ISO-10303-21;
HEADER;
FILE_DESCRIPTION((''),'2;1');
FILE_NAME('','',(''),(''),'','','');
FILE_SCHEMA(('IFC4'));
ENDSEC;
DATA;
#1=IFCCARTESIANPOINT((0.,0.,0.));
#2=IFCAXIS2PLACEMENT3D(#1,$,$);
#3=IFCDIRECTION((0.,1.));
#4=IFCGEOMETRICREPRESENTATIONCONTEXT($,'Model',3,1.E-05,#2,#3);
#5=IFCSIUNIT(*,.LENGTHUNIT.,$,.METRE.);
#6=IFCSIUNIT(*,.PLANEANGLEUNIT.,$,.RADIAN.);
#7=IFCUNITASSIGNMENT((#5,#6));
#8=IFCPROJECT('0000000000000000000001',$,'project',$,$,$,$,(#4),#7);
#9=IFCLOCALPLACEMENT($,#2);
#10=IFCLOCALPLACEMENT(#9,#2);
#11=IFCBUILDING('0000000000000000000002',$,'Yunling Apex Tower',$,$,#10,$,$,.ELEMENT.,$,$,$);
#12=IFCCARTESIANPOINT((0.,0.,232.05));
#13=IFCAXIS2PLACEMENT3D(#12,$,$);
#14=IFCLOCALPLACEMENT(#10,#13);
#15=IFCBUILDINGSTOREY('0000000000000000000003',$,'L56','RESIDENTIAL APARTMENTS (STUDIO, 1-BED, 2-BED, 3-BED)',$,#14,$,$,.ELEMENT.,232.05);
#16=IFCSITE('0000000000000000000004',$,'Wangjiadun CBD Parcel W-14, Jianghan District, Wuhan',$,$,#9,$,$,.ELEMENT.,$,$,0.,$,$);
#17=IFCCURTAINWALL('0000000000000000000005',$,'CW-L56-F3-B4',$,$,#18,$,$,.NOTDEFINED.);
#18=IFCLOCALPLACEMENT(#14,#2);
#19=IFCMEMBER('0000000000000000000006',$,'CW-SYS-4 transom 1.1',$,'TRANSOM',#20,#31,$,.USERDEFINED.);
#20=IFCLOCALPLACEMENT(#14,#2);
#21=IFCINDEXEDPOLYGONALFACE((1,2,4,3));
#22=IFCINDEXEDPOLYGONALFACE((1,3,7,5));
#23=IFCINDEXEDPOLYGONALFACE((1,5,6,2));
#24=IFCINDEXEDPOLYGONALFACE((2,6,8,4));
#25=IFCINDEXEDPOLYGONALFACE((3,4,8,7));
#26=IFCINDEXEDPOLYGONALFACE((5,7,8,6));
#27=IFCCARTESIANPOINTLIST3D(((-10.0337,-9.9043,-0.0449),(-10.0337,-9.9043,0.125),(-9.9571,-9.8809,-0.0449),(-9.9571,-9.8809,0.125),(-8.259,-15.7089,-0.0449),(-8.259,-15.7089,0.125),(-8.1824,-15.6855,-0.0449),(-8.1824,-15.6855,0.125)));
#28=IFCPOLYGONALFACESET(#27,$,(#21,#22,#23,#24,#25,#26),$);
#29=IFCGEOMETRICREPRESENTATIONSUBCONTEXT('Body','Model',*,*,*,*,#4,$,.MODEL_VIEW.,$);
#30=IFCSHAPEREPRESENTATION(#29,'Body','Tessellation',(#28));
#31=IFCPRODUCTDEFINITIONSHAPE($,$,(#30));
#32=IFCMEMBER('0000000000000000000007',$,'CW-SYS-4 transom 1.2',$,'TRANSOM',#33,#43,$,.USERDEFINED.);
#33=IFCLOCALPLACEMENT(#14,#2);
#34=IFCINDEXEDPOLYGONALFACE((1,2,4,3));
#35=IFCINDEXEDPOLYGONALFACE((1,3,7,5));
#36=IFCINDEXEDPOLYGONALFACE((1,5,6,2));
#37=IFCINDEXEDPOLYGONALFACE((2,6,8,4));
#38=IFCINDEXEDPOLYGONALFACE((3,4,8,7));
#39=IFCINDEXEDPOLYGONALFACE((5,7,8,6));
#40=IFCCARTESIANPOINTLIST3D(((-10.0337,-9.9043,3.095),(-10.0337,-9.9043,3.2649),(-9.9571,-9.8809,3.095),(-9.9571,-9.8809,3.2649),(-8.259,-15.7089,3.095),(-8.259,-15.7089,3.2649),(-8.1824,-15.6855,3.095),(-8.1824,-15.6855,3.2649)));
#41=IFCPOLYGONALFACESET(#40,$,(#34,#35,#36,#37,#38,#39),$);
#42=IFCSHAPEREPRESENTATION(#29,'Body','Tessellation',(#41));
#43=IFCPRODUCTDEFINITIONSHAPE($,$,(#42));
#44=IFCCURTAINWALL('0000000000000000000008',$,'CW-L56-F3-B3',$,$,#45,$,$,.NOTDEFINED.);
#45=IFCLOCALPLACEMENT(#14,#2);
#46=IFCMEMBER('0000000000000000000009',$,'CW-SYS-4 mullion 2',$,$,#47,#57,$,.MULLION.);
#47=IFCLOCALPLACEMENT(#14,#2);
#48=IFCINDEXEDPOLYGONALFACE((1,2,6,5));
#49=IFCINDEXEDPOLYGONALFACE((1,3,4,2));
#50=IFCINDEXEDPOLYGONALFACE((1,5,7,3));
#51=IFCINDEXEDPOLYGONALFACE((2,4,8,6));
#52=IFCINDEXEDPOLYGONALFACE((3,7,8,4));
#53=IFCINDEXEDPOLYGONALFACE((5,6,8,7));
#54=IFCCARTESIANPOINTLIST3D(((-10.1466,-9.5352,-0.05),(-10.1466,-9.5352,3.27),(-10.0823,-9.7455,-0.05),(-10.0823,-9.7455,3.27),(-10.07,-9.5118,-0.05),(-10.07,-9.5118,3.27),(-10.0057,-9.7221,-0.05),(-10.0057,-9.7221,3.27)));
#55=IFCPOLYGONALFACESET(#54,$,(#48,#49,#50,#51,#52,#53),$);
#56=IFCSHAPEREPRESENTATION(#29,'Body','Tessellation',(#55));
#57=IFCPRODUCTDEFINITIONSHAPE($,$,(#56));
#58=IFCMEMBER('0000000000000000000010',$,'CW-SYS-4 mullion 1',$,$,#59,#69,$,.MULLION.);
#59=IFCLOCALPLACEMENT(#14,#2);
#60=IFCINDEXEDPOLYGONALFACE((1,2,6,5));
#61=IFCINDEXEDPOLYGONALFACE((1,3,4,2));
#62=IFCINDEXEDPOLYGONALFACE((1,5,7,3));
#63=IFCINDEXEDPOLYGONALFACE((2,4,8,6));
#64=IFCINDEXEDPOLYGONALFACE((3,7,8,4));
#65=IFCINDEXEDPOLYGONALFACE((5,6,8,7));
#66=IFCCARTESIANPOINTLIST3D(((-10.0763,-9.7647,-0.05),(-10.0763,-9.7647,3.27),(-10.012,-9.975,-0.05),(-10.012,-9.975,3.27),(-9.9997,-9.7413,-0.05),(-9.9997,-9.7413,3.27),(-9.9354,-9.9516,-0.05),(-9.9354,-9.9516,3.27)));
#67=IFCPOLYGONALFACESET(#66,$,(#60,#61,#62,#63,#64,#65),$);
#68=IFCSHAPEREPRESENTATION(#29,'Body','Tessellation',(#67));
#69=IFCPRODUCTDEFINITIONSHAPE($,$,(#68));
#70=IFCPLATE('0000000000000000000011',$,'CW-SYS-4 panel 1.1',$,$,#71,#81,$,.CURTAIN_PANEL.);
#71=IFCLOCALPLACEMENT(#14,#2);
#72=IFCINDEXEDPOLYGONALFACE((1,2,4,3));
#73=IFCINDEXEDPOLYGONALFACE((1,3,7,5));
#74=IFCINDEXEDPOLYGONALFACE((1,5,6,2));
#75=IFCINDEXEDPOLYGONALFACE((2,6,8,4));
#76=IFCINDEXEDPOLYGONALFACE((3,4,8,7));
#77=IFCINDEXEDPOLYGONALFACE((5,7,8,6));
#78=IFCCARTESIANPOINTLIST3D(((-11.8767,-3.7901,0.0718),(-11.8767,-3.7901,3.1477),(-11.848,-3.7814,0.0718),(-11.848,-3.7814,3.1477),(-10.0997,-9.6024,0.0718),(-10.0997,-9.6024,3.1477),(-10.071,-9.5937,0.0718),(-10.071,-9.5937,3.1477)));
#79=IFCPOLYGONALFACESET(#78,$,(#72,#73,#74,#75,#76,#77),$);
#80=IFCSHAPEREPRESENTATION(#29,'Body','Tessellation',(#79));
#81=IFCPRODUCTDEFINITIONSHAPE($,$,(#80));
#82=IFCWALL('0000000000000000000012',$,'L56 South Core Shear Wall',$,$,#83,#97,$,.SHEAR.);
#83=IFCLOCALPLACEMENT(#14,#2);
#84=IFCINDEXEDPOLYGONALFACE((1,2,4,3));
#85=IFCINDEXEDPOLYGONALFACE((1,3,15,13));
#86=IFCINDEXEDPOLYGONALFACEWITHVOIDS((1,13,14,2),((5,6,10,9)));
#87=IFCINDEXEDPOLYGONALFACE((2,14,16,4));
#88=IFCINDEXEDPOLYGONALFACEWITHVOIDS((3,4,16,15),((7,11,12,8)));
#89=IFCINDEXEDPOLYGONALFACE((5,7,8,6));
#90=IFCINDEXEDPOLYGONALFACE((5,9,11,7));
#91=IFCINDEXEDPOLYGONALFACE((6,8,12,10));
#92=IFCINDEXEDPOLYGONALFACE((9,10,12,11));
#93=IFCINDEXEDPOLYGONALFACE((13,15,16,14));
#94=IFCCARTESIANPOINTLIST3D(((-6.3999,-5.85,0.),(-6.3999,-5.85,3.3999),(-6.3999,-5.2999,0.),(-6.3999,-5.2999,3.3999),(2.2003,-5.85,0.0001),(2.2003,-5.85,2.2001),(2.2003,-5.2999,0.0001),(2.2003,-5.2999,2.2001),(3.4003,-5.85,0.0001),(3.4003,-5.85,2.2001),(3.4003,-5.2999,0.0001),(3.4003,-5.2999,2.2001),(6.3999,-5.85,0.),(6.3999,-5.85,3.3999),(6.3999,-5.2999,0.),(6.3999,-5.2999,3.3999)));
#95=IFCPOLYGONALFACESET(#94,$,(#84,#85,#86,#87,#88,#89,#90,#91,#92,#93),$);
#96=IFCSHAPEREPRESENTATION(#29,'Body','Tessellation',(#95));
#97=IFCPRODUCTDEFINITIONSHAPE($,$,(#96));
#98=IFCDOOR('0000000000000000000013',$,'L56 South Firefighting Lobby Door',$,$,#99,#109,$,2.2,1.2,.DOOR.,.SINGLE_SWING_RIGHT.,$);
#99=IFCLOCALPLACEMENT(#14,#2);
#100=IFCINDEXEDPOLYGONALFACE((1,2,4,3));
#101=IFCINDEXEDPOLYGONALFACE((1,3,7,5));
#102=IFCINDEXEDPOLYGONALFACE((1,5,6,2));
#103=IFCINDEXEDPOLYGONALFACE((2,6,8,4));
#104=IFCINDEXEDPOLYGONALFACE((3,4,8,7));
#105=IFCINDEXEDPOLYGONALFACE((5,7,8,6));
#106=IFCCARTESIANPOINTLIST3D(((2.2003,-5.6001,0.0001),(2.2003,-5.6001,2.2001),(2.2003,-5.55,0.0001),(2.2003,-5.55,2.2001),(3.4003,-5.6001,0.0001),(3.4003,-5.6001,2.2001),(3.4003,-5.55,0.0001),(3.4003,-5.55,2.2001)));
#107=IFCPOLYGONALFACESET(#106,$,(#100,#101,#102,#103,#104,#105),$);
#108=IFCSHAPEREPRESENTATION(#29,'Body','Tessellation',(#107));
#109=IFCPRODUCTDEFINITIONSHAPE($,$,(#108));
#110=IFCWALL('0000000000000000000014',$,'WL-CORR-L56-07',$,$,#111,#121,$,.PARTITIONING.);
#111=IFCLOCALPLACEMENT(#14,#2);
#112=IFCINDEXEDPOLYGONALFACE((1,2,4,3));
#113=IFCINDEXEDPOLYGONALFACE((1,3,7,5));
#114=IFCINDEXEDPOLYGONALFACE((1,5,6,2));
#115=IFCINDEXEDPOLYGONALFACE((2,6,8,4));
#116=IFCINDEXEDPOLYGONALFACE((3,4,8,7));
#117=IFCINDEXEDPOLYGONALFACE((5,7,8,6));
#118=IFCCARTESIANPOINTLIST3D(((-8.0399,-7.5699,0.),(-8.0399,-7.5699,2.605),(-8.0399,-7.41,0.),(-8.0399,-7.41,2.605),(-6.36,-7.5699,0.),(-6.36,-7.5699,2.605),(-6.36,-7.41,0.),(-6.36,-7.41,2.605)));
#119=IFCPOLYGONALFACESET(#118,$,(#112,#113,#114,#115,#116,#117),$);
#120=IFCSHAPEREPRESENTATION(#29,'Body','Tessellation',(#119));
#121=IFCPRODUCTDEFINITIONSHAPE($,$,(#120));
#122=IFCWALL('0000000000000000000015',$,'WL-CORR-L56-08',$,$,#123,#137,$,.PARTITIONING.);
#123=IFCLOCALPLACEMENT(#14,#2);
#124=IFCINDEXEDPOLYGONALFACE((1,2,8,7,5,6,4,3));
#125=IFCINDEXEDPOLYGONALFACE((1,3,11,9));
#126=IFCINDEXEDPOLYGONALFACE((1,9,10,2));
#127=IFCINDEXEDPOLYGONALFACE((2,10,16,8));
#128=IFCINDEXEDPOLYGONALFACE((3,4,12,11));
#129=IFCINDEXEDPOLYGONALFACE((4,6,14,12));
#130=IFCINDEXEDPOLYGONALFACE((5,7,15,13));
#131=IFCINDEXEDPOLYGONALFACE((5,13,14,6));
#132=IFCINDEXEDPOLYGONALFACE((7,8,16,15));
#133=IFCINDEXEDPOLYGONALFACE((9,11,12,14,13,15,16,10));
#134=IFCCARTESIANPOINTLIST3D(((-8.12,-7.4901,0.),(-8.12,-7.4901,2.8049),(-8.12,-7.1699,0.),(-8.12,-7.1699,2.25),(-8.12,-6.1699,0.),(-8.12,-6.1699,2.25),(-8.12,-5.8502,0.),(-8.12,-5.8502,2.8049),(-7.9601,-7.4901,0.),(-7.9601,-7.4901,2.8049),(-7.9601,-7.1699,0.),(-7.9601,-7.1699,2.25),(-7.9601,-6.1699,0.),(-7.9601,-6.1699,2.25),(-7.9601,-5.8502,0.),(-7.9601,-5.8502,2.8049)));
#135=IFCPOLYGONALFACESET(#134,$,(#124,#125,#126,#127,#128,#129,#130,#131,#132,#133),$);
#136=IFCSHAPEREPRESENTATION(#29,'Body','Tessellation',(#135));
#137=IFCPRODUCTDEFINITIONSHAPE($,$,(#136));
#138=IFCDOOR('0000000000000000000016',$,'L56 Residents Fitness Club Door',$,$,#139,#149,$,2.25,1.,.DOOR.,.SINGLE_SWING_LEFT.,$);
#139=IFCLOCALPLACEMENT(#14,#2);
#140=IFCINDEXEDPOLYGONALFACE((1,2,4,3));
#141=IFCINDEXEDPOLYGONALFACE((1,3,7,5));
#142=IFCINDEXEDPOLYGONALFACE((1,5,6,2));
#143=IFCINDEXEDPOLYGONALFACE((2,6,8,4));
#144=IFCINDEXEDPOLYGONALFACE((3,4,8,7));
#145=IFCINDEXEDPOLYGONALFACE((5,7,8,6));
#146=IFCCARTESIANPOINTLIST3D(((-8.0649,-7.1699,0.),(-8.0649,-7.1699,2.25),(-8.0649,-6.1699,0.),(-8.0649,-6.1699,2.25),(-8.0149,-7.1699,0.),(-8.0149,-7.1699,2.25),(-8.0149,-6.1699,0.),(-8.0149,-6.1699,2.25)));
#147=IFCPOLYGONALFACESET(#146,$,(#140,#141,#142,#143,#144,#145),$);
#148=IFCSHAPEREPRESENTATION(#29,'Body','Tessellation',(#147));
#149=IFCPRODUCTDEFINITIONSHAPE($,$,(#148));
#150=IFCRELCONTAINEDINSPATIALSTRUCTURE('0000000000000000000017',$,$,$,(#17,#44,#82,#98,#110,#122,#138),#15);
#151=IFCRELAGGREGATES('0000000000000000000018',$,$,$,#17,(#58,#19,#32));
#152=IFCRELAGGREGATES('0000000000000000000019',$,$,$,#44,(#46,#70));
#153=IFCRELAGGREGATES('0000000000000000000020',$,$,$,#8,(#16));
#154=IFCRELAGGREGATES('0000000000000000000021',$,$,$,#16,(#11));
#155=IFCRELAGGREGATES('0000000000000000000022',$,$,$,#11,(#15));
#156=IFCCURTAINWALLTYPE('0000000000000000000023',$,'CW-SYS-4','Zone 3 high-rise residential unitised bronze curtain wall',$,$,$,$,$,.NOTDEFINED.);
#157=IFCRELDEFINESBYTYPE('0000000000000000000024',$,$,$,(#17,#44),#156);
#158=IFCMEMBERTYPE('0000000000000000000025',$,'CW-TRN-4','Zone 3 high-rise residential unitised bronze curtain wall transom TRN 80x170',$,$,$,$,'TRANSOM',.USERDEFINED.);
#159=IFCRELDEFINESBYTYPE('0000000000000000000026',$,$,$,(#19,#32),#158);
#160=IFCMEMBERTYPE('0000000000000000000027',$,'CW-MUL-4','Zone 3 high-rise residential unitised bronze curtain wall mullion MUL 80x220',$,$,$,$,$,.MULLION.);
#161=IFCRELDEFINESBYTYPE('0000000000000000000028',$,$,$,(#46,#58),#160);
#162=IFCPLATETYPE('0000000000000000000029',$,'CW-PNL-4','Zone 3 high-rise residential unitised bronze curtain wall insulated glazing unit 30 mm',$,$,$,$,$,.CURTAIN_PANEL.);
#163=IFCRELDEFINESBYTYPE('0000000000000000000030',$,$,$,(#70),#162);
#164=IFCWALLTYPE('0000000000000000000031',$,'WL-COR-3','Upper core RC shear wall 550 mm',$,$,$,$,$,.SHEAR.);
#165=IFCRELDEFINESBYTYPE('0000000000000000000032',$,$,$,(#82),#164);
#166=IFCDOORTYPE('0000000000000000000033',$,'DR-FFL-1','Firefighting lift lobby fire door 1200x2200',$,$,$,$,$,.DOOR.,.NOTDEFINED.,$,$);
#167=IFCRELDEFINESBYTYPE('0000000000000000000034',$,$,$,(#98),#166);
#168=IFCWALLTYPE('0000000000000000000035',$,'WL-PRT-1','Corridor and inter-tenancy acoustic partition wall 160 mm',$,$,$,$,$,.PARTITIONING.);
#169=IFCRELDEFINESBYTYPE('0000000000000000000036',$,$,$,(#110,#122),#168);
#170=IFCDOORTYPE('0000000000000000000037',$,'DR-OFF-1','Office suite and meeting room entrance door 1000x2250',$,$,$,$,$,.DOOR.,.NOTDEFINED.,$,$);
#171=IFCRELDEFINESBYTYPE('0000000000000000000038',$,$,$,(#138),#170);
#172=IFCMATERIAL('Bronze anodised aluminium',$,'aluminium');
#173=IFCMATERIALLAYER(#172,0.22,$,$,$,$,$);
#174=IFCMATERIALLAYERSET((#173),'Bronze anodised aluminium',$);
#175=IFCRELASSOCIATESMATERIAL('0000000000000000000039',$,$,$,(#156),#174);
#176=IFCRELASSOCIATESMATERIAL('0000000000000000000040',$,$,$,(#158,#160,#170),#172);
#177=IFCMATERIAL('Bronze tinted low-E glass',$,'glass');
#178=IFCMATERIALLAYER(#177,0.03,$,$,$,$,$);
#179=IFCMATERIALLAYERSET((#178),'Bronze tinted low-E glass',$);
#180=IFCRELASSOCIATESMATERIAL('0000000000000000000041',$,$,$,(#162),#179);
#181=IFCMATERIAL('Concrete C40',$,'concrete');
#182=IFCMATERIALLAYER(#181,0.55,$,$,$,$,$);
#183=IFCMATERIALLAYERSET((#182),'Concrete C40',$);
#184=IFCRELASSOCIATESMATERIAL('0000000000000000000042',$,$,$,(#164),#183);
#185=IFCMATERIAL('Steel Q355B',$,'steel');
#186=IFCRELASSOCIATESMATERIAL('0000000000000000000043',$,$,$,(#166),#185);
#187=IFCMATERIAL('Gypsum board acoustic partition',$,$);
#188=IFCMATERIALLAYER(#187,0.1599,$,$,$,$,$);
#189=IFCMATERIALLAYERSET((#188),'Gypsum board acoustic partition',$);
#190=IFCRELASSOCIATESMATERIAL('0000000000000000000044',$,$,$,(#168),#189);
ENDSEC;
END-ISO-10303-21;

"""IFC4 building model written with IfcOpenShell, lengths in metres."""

from ifc_helpers import new_model, si_unit, direction, frame, frame_2d, origin, origin_2d, place, context, subcontext, project, spatial, rectangle, extrude, source, transform, mapped, material, layer, layer_set, material_profile, profile_set, type_object, element, fill, aggregate, save


model = new_model("IFC4")

# Units and contexts
model_context = context("Model", 3, precision=1e-05, world=origin(), true_north=direction((0.0, 1.0)))
body_context = subcontext(model_context, "Body", "Model", "MODEL_VIEW")
ifc_project = project(units=[si_unit("LENGTHUNIT", "METRE"), si_unit("PLANEANGLEUNIT", "RADIAN")], contexts=[model_context])

# Site, building, storey
site_placement = place(None, origin())
site = spatial("IfcSite", under=ifc_project, at=site_placement, Name="Wangjiadun CBD Parcel W-14, Jianghan District, Wuhan", CompositionType="ELEMENT", RefElevation=0.0)
building_placement = place(site_placement, origin())
building = spatial("IfcBuilding", under=site, at=building_placement, Name="Yunling Apex Tower", CompositionType="ELEMENT")
storey_placement = place(building_placement, frame((0.0, 0.0, 232.05)))
storey = spatial("IfcBuildingStorey", under=building, at=storey_placement, Name="L56", Description="RESIDENTIAL APARTMENTS (STUDIO, 1-BED, 2-BED, 3-BED)", CompositionType="ELEMENT", Elevation=232.05)

# Shared definitions
ifc_material_1 = material(Name="Steel Q355B", Category="steel")

# Curtain wall, members
ifc_material_2 = material(Name="Bronze anodised aluminium", Category="aluminium")
ifc_layer_1 = layer(ifc_material_2, 0.22)
ifc_layer_set_1 = layer_set([ifc_layer_1], Name="Bronze anodised aluminium")
curtain_wall_type = type_object("IfcCurtainWallType", Name="CW-SYS-4", Description="Zone 3 high-rise residential unitised bronze curtain wall", PredefinedType="NOTDEFINED", material=ifc_layer_set_1)
curtain_wall_1_placement = place(storey_placement, origin())
curtain_wall_1 = element("IfcCurtainWall", 1, at=curtain_wall_1_placement, inside=storey, type_object=curtain_wall_type, Name="CW-L56-F3-B4", PredefinedType="NOTDEFINED")
ifc_material_profile_1 = material_profile(ifc_material_2, rectangle(XDim=0.0801, YDim=0.1699, at=origin_2d()))
ifc_profile_set_1 = profile_set([ifc_material_profile_1], Name="Bronze anodised aluminium")
member_type_1 = type_object("IfcMemberType", Name="CW-TRN-4", Description="Zone 3 high-rise residential unitised bronze curtain wall transom TRN 80x170", ElementType="TRANSOM", PredefinedType="USERDEFINED", material=ifc_profile_set_1)
shared_shape_1 = source(origin(), body_context, "Body", "SweptSolid", [
    extrude(rectangle(XDim=0.0801, YDim=0.1699, at=origin_2d()), origin(), (0.0, 0.0, 1.0), 6.0698),
])
member_1_placement = place(storey_placement, frame((-9.9954, -9.8926, 0.04), z_axis=(0.29237, -0.956305, 0.0), x_axis=(0.956305, 0.29237, 0.0)))
member_1 = element("IfcMember", 2, at=member_1_placement, type_object=member_type_1, Name="CW-SYS-4 transom 1.1", ObjectType="TRANSOM", PredefinedType="USERDEFINED", context=body_context, shape_type="MappedRepresentation", body=[
    mapped(shared_shape_1, transform((0.0, 0.0, 0.0), scale=1.0)),
])
member_2_placement = place(storey_placement, frame((-9.9954, -9.8926, 3.1799), z_axis=(0.29237, -0.956305, 0.0), x_axis=(0.956305, 0.29237, 0.0)))
member_2 = element("IfcMember", 3, at=member_2_placement, type_object=member_type_1, Name="CW-SYS-4 transom 1.2", ObjectType="TRANSOM", PredefinedType="USERDEFINED", context=body_context, shape_type="MappedRepresentation", body=[
    mapped(shared_shape_1, transform((0.0, 0.0, 0.0), scale=1.0)),
])

# Curtain wall, member
curtain_wall_2_placement = place(storey_placement, origin())
curtain_wall_2 = element("IfcCurtainWall", 4, at=curtain_wall_2_placement, inside=storey, type_object=curtain_wall_type, Name="CW-L56-F3-B3", PredefinedType="NOTDEFINED")
ifc_material_profile_2 = material_profile(ifc_material_2, rectangle(XDim=0.0801, YDim=0.22, at=origin_2d()))
ifc_profile_set_2 = profile_set([ifc_material_profile_2], Name="Bronze anodised aluminium")
member_type_2 = type_object("IfcMemberType", Name="CW-MUL-4", Description="Zone 3 high-rise residential unitised bronze curtain wall mullion MUL 80x220", PredefinedType="MULLION", material=ifc_profile_set_2)
shared_shape_2 = source(origin(), body_context, "Body", "SweptSolid", [
    extrude(rectangle(XDim=0.0801, YDim=0.22, at=origin_2d()), origin(), (0.0, 0.0, 1.0), 3.3201),
])
member_3_placement = place(storey_placement, frame((-10.0762, -9.6287, -0.05), z_axis=(0.0, 0.0, 1.0), x_axis=(0.956305, 0.292372, 0.0)))
member_3 = element("IfcMember", 5, at=member_3_placement, type_object=member_type_2, Name="CW-SYS-4 mullion 2", PredefinedType="MULLION", context=body_context, shape_type="MappedRepresentation", body=[
    mapped(shared_shape_2, transform((0.0, 0.0, 0.0), scale=1.0)),
])

# Member
member_4_placement = place(storey_placement, frame((-10.0059, -9.8582, -0.05), z_axis=(0.0, 0.0, 1.0), x_axis=(0.956305, 0.292372, 0.0)))
member_4 = element("IfcMember", 6, at=member_4_placement, type_object=member_type_2, Name="CW-SYS-4 mullion 1", PredefinedType="MULLION", context=body_context, shape_type="MappedRepresentation", body=[
    mapped(shared_shape_2, transform((0.0, 0.0, 0.0), scale=1.0)),
])
aggregate(curtain_wall_1, [member_4, member_1, member_2])

# Plate
ifc_material_3 = material(Name="Bronze tinted low-E glass", Category="glass")
ifc_layer_2 = layer(ifc_material_3, 0.03)
ifc_layer_set_2 = layer_set([ifc_layer_2], Name="Bronze tinted low-E glass")
plate_type = type_object("IfcPlateType", Name="CW-PNL-4", Description="Zone 3 high-rise residential unitised bronze curtain wall insulated glazing unit 30 mm", PredefinedType="CURTAIN_PANEL", material=ifc_layer_set_2)
shared_shape_3 = source(origin(), body_context, "Body", "SweptSolid", [
    extrude(rectangle(XDim=6.0779, YDim=0.03, at=origin_2d()), origin(), (0.0, 0.0, 1.0), 3.0759),
])
plate_placement = place(storey_placement, frame((-10.9739, -6.6919, 0.0718), z_axis=(0.0, 0.0, 1.0), x_axis=(0.292372, -0.956305, 0.0)))
plate = element("IfcPlate", 7, at=plate_placement, type_object=plate_type, Name="CW-SYS-4 panel 1.1", PredefinedType="CURTAIN_PANEL", context=body_context, shape_type="MappedRepresentation", body=[
    mapped(shared_shape_3, transform((0.0, 0.0, 0.0), scale=1.0)),
])
aggregate(curtain_wall_2, [member_3, plate])

# Wall, opening, door
ifc_material_4 = material(Name="Concrete C40", Category="concrete")
ifc_layer_3 = layer(ifc_material_4, 0.55)
ifc_layer_set_3 = layer_set([ifc_layer_3], Name="Concrete C40")
wall_type_1 = type_object("IfcWallType", Name="WL-COR-3", Description="Upper core RC shear wall 550 mm", PredefinedType="SHEAR", material=ifc_layer_set_3)
wall_1_placement = place(storey_placement, frame((-6.3999, -5.575, 0.0), z_axis=(0.0, 0.0, 1.0), x_axis=(1.0, 0.0, 0.0)))
wall_1 = element("IfcWall", 8, at=wall_1_placement, inside=storey, type_object=wall_type_1, Name="L56 South Core Shear Wall", PredefinedType="SHEAR", context=body_context, shape_type="SweptSolid", body=[
    extrude(rectangle(XDim=12.7998, YDim=0.55, at=frame_2d((6.3999, 0.0))), origin(), (0.0, 0.0, 1.0), 3.3999),
])
opening_1_placement = place(wall_1_placement, frame((8.6001, 0.0, 0.0)))
opening_1 = element("IfcOpeningElement", 9, at=opening_1_placement, cuts=wall_1, PredefinedType="OPENING", context=body_context, shape_type="SweptSolid", body=[
    extrude(rectangle(XDim=1.2, YDim=2.2, at=frame_2d((0.6001, 1.1001))), frame((0.0, 0.2852, 0.0), z_axis=(0.0, -1.0, 0.0), x_axis=(1.0, 0.0, 0.0)), (0.0, 0.0, 1.0), 0.5701),
])
door_type_1 = type_object("IfcDoorType", Name="DR-FFL-1", Description="Firefighting lift lobby fire door 1200x2200", OperationType="NOTDEFINED", PredefinedType="DOOR", material=ifc_material_1)
door_1_placement = place(opening_1_placement, origin())
door_1 = element("IfcDoor", 10, at=door_1_placement, inside=storey, type_object=door_type_1, Name="L56 South Firefighting Lobby Door", OperationType="SINGLE_SWING_RIGHT", OverallHeight=2.2, OverallWidth=1.2, PredefinedType="DOOR", context=body_context, shape_type="SweptSolid", body=[
    extrude(rectangle(XDim=1.2, YDim=2.2, at=frame_2d((0.6001, 1.1001))), frame((0.0, 0.0249, 0.0), z_axis=(0.0, -1.0, 0.0), x_axis=(1.0, 0.0, 0.0)), (0.0, 0.0, 1.0), 0.05),
])
fill(opening_1, door_1)

# Wall
ifc_material_5 = material(Name="Gypsum board acoustic partition")
ifc_layer_4 = layer(ifc_material_5, 0.1599)
ifc_layer_set_4 = layer_set([ifc_layer_4], Name="Gypsum board acoustic partition")
wall_type_2 = type_object("IfcWallType", Name="WL-PRT-1", Description="Corridor and inter-tenancy acoustic partition wall 160 mm", PredefinedType="PARTITIONING", material=ifc_layer_set_4)
wall_2_placement = place(storey_placement, frame((-6.3601, -7.49, 0.0), z_axis=(0.0, 0.0, 1.0), x_axis=(-1.0, 0.0, 0.0)))
element("IfcWall", 11, at=wall_2_placement, inside=storey, type_object=wall_type_2, Name="WL-CORR-L56-07", PredefinedType="PARTITIONING", context=body_context, shape_type="SweptSolid", body=[
    extrude(rectangle(XDim=1.6799, YDim=0.1599, at=frame_2d((0.8398, 0.0))), origin(), (0.0, 0.0, 1.0), 2.605),
])

# Wall, opening, door
wall_3_placement = place(storey_placement, frame((-8.04, -7.49, 0.0), z_axis=(0.0, 0.0, 1.0), x_axis=(0.0, 1.0, 0.0)))
wall_3 = element("IfcWall", 12, at=wall_3_placement, inside=storey, type_object=wall_type_2, Name="WL-CORR-L56-08", PredefinedType="PARTITIONING", context=body_context, shape_type="SweptSolid", body=[
    extrude(rectangle(XDim=1.6399, YDim=0.1599, at=frame_2d((0.8198, 0.0))), origin(), (0.0, 0.0, 1.0), 2.8049),
])
opening_2_placement = place(wall_3_placement, frame((0.3201, 0.0, 0.0)))
opening_2 = element("IfcOpeningElement", 13, at=opening_2_placement, cuts=wall_3, PredefinedType="OPENING", context=body_context, shape_type="SweptSolid", body=[
    extrude(rectangle(XDim=1.0, YDim=2.25, at=frame_2d((0.5, 1.125))), frame((0.0, 0.0898, 0.0), z_axis=(0.0, -1.0, 0.0), x_axis=(1.0, 0.0, 0.0)), (0.0, 0.0, 1.0), 0.1799),
])
door_type_2 = type_object("IfcDoorType", Name="DR-OFF-1", Description="Office suite and meeting room entrance door 1000x2250", OperationType="NOTDEFINED", PredefinedType="DOOR", material=ifc_material_2)
door_2_placement = place(opening_2_placement, origin())
door_2 = element("IfcDoor", 14, at=door_2_placement, inside=storey, type_object=door_type_2, Name="L56 Residents Fitness Club Door", OperationType="SINGLE_SWING_LEFT", OverallHeight=2.25, OverallWidth=1.0, PredefinedType="DOOR", context=body_context, shape_type="SweptSolid", body=[
    extrude(rectangle(XDim=1.0, YDim=2.25, at=frame_2d((0.5, 1.125))), frame((0.0, 0.0249, 0.0), z_axis=(0.0, -1.0, 0.0), x_axis=(1.0, 0.0, 0.0)), (0.0, 0.0, 1.0), 0.05),
])
fill(opening_2, door_2)

save(model, "model.ifc")
